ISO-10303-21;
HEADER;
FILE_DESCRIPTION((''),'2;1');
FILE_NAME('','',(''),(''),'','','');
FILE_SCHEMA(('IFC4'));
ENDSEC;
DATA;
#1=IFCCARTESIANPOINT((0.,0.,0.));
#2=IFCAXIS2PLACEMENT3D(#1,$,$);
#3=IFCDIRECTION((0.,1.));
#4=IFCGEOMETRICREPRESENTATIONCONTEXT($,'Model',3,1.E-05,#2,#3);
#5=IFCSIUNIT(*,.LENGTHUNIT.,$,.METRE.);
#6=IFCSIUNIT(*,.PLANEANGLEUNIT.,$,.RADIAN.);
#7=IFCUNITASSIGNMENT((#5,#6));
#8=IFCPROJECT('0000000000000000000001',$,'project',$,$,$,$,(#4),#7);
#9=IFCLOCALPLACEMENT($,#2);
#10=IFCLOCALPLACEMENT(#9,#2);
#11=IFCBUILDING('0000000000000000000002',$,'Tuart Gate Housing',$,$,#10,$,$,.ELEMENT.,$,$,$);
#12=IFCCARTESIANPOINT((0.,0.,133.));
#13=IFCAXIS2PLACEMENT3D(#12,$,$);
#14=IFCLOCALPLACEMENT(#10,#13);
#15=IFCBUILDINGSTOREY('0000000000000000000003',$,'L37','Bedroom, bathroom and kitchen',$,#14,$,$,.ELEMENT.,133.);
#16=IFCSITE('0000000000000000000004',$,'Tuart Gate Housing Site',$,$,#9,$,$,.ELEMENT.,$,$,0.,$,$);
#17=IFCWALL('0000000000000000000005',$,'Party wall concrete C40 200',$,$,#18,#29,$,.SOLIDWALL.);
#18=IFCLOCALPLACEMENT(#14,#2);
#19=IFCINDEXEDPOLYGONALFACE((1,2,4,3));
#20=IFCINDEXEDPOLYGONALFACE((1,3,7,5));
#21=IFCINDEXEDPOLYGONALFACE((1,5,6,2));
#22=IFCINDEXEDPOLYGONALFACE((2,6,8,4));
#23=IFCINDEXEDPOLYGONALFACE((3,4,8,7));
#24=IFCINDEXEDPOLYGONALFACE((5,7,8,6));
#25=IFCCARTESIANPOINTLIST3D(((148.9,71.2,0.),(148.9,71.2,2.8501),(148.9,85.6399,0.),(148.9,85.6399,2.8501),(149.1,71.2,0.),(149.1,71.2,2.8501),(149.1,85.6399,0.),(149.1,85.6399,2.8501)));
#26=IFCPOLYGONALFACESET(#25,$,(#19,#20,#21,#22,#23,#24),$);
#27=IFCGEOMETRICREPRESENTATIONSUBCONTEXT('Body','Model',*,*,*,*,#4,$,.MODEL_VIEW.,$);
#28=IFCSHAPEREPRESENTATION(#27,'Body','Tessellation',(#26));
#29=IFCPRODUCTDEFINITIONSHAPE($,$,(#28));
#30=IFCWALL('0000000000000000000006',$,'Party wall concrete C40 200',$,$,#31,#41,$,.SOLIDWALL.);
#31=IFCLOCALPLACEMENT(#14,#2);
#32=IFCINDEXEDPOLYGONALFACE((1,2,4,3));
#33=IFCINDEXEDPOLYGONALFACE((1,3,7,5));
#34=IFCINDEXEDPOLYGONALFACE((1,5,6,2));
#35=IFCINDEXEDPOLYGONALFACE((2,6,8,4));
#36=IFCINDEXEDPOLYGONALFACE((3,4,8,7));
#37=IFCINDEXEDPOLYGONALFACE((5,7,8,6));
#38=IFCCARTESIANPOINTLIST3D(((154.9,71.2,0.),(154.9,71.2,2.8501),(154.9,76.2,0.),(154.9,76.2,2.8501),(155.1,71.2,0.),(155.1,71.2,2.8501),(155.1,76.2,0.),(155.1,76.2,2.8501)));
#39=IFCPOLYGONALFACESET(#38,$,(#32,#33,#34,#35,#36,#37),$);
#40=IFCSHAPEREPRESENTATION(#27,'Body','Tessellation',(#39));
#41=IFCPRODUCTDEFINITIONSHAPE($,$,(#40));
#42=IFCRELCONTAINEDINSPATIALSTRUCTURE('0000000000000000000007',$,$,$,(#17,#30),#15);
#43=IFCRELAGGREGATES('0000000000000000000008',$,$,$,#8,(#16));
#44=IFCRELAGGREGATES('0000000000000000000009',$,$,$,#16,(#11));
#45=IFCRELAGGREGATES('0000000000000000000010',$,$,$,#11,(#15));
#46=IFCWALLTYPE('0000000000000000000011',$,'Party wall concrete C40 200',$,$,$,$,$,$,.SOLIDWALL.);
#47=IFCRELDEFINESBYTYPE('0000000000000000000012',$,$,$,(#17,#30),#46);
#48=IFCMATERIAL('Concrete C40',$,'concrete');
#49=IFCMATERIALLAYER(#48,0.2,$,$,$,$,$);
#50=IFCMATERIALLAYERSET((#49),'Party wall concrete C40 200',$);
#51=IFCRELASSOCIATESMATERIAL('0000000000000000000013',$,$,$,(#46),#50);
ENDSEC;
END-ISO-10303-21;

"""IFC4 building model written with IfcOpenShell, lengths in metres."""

from ifc_helpers import new_model, si_unit, direction, frame, frame_2d, origin, place, context, subcontext, project, spatial, rectangle, extrude, material, layer, layer_set, type_object, element, save


model = new_model("IFC4")

# Units and contexts
model_context = context("Model", 3, precision=1e-05, world=origin(), true_north=direction((0.0, 1.0)))
body_context = subcontext(model_context, "Body", "Model", "MODEL_VIEW")
ifc_project = project(units=[si_unit("LENGTHUNIT", "METRE"), si_unit("PLANEANGLEUNIT", "RADIAN")], contexts=[model_context])

# Site, building, storey
site_placement = place(None, origin())
site = spatial("IfcSite", under=ifc_project, at=site_placement, Name="Tuart Gate Housing Site", CompositionType="ELEMENT", RefElevation=0.0)
building_placement = place(site_placement, origin())
building = spatial("IfcBuilding", under=site, at=building_placement, Name="Tuart Gate Housing", CompositionType="ELEMENT")
storey_placement = place(building_placement, frame((0.0, 0.0, 133.0)))
storey = spatial("IfcBuildingStorey", under=building, at=storey_placement, Name="L37", Description="Bedroom, bathroom and kitchen", CompositionType="ELEMENT", Elevation=133.0)

# Walls
ifc_material_1 = material(Name="Concrete C40", Category="concrete")
ifc_layer_1 = layer(ifc_material_1, 0.2)
ifc_layer_set_1 = layer_set([ifc_layer_1], Name="Party wall concrete C40 200")
wall_type_1 = type_object("IfcWallType", Name="Party wall concrete C40 200", PredefinedType="SOLIDWALL", material=ifc_layer_set_1)
wall_1_placement = place(storey_placement, frame((149.0, 71.2, 0.0), z_axis=(0.0, 0.0, 1.0), x_axis=(0.0, 1.0, 0.0)))
element("IfcWall", 1, at=wall_1_placement, inside=storey, type_object=wall_type_1, Name="Party wall concrete C40 200", PredefinedType="SOLIDWALL", context=body_context, shape_type="SweptSolid", body=[
    extrude(rectangle(XDim=14.4399, YDim=0.2, at=frame_2d((7.22, 0.0))), origin(), (0.0, 0.0, 1.0), 2.8501),
])
wall_2_placement = place(storey_placement, frame((155.0, 71.2, 0.0), z_axis=(0.0, 0.0, 1.0), x_axis=(0.0, 1.0, 0.0)))
element("IfcWall", 2, at=wall_2_placement, inside=storey, type_object=wall_type_1, Name="Party wall concrete C40 200", PredefinedType="SOLIDWALL", context=body_context, shape_type="SweptSolid", body=[
    extrude(rectangle(XDim=5.0, YDim=0.2, at=frame_2d((2.5, 0.0))), origin(), (0.0, 0.0, 1.0), 2.8501),
])

save(model, "model.ifc")
